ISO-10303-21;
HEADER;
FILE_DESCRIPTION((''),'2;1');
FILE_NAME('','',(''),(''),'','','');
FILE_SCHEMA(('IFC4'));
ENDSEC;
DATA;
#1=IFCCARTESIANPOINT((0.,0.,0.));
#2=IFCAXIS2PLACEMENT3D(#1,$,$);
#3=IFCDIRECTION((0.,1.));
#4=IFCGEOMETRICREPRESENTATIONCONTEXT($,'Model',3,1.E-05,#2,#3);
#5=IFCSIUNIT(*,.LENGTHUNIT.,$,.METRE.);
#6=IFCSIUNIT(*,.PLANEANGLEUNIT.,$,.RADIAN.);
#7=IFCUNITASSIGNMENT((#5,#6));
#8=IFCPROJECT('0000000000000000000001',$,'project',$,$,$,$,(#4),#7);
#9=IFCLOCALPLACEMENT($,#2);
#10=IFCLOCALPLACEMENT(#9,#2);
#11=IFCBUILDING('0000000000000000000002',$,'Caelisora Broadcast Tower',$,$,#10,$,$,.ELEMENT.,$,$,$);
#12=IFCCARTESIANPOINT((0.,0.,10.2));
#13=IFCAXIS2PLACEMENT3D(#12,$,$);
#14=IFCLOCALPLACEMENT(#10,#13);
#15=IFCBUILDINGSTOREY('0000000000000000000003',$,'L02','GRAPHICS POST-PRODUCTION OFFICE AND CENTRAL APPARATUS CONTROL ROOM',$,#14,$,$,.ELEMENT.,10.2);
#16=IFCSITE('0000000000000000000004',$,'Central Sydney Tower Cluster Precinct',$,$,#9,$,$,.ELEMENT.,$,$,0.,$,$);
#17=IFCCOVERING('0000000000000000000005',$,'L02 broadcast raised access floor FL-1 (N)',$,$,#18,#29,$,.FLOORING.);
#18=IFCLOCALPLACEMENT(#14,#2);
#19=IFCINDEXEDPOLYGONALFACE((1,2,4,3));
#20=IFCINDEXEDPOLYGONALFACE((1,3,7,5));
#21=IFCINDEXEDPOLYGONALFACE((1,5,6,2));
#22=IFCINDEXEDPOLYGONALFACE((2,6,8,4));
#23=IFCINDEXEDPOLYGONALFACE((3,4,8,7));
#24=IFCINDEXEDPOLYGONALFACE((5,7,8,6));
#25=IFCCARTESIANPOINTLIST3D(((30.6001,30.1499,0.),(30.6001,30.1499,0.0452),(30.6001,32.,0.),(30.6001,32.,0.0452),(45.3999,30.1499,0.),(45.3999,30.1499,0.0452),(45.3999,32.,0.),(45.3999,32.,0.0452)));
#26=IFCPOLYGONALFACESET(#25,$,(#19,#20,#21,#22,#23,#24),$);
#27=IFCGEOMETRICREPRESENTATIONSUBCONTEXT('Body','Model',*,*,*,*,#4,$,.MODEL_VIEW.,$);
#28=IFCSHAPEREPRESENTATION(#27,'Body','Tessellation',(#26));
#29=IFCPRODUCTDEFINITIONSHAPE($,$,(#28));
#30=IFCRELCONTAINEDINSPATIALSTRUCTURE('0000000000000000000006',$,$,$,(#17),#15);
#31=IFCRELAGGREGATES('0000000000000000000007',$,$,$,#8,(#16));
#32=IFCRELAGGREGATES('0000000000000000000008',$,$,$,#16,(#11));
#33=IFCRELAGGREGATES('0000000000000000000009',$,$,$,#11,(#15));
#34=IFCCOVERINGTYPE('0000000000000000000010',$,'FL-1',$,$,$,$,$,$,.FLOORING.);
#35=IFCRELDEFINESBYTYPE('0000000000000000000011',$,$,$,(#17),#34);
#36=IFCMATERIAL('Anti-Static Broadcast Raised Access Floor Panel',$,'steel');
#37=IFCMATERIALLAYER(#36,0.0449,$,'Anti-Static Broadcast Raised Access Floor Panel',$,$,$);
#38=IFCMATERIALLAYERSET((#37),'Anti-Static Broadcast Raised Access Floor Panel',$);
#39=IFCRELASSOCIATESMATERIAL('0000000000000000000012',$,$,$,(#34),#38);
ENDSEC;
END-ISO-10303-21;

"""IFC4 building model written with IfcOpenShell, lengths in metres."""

from ifc_helpers import new_model, si_unit, direction, frame, origin, place, context, subcontext, project, spatial, polyline, outline, extrude, material, layer, layer_set, type_object, element, save


model = new_model("IFC4")

# Units and contexts
model_context = context("Model", 3, precision=1e-05, world=origin(), true_north=direction((0.0, 1.0)))
body_context = subcontext(model_context, "Body", "Model", "MODEL_VIEW")
ifc_project = project(units=[si_unit("LENGTHUNIT", "METRE"), si_unit("PLANEANGLEUNIT", "RADIAN")], contexts=[model_context])

# Site, building, storey
site_placement = place(None, origin())
site = spatial("IfcSite", under=ifc_project, at=site_placement, Name="Central Sydney Tower Cluster Precinct", CompositionType="ELEMENT", RefElevation=0.0)
building_placement = place(site_placement, origin())
building = spatial("IfcBuilding", under=site, at=building_placement, Name="Caelisora Broadcast Tower", CompositionType="ELEMENT")
storey_placement = place(building_placement, frame((0.0, 0.0, 10.2)))
storey = spatial("IfcBuildingStorey", under=building, at=storey_placement, Name="L02", Description="GRAPHICS POST-PRODUCTION OFFICE AND CENTRAL APPARATUS CONTROL ROOM", CompositionType="ELEMENT", Elevation=10.2)

# Covering
ifc_material_1 = material(Name="Anti-Static Broadcast Raised Access Floor Panel", Category="steel")
ifc_layer_1 = layer(ifc_material_1, 0.0449, Name="Anti-Static Broadcast Raised Access Floor Panel")
ifc_layer_set_1 = layer_set([ifc_layer_1], Name="Anti-Static Broadcast Raised Access Floor Panel")
covering_type_1 = type_object("IfcCoveringType", Name="FL-1", PredefinedType="FLOORING", material=ifc_layer_set_1)
covering_1_placement = place(storey_placement, origin())
element("IfcCovering", 1, at=covering_1_placement, inside=storey, type_object=covering_type_1, Name="L02 broadcast raised access floor FL-1 (N)", PredefinedType="FLOORING", context=body_context, shape_type="SweptSolid", body=[
    extrude(outline(polyline([(30.6001, 30.1499), (45.3999, 30.1499), (45.3999, 32.0), (30.6001, 32.0), (30.6001, 30.1499)])), origin(), (0.0, 0.0, 1.0), 0.0452),
])

save(model, "model.ifc")
